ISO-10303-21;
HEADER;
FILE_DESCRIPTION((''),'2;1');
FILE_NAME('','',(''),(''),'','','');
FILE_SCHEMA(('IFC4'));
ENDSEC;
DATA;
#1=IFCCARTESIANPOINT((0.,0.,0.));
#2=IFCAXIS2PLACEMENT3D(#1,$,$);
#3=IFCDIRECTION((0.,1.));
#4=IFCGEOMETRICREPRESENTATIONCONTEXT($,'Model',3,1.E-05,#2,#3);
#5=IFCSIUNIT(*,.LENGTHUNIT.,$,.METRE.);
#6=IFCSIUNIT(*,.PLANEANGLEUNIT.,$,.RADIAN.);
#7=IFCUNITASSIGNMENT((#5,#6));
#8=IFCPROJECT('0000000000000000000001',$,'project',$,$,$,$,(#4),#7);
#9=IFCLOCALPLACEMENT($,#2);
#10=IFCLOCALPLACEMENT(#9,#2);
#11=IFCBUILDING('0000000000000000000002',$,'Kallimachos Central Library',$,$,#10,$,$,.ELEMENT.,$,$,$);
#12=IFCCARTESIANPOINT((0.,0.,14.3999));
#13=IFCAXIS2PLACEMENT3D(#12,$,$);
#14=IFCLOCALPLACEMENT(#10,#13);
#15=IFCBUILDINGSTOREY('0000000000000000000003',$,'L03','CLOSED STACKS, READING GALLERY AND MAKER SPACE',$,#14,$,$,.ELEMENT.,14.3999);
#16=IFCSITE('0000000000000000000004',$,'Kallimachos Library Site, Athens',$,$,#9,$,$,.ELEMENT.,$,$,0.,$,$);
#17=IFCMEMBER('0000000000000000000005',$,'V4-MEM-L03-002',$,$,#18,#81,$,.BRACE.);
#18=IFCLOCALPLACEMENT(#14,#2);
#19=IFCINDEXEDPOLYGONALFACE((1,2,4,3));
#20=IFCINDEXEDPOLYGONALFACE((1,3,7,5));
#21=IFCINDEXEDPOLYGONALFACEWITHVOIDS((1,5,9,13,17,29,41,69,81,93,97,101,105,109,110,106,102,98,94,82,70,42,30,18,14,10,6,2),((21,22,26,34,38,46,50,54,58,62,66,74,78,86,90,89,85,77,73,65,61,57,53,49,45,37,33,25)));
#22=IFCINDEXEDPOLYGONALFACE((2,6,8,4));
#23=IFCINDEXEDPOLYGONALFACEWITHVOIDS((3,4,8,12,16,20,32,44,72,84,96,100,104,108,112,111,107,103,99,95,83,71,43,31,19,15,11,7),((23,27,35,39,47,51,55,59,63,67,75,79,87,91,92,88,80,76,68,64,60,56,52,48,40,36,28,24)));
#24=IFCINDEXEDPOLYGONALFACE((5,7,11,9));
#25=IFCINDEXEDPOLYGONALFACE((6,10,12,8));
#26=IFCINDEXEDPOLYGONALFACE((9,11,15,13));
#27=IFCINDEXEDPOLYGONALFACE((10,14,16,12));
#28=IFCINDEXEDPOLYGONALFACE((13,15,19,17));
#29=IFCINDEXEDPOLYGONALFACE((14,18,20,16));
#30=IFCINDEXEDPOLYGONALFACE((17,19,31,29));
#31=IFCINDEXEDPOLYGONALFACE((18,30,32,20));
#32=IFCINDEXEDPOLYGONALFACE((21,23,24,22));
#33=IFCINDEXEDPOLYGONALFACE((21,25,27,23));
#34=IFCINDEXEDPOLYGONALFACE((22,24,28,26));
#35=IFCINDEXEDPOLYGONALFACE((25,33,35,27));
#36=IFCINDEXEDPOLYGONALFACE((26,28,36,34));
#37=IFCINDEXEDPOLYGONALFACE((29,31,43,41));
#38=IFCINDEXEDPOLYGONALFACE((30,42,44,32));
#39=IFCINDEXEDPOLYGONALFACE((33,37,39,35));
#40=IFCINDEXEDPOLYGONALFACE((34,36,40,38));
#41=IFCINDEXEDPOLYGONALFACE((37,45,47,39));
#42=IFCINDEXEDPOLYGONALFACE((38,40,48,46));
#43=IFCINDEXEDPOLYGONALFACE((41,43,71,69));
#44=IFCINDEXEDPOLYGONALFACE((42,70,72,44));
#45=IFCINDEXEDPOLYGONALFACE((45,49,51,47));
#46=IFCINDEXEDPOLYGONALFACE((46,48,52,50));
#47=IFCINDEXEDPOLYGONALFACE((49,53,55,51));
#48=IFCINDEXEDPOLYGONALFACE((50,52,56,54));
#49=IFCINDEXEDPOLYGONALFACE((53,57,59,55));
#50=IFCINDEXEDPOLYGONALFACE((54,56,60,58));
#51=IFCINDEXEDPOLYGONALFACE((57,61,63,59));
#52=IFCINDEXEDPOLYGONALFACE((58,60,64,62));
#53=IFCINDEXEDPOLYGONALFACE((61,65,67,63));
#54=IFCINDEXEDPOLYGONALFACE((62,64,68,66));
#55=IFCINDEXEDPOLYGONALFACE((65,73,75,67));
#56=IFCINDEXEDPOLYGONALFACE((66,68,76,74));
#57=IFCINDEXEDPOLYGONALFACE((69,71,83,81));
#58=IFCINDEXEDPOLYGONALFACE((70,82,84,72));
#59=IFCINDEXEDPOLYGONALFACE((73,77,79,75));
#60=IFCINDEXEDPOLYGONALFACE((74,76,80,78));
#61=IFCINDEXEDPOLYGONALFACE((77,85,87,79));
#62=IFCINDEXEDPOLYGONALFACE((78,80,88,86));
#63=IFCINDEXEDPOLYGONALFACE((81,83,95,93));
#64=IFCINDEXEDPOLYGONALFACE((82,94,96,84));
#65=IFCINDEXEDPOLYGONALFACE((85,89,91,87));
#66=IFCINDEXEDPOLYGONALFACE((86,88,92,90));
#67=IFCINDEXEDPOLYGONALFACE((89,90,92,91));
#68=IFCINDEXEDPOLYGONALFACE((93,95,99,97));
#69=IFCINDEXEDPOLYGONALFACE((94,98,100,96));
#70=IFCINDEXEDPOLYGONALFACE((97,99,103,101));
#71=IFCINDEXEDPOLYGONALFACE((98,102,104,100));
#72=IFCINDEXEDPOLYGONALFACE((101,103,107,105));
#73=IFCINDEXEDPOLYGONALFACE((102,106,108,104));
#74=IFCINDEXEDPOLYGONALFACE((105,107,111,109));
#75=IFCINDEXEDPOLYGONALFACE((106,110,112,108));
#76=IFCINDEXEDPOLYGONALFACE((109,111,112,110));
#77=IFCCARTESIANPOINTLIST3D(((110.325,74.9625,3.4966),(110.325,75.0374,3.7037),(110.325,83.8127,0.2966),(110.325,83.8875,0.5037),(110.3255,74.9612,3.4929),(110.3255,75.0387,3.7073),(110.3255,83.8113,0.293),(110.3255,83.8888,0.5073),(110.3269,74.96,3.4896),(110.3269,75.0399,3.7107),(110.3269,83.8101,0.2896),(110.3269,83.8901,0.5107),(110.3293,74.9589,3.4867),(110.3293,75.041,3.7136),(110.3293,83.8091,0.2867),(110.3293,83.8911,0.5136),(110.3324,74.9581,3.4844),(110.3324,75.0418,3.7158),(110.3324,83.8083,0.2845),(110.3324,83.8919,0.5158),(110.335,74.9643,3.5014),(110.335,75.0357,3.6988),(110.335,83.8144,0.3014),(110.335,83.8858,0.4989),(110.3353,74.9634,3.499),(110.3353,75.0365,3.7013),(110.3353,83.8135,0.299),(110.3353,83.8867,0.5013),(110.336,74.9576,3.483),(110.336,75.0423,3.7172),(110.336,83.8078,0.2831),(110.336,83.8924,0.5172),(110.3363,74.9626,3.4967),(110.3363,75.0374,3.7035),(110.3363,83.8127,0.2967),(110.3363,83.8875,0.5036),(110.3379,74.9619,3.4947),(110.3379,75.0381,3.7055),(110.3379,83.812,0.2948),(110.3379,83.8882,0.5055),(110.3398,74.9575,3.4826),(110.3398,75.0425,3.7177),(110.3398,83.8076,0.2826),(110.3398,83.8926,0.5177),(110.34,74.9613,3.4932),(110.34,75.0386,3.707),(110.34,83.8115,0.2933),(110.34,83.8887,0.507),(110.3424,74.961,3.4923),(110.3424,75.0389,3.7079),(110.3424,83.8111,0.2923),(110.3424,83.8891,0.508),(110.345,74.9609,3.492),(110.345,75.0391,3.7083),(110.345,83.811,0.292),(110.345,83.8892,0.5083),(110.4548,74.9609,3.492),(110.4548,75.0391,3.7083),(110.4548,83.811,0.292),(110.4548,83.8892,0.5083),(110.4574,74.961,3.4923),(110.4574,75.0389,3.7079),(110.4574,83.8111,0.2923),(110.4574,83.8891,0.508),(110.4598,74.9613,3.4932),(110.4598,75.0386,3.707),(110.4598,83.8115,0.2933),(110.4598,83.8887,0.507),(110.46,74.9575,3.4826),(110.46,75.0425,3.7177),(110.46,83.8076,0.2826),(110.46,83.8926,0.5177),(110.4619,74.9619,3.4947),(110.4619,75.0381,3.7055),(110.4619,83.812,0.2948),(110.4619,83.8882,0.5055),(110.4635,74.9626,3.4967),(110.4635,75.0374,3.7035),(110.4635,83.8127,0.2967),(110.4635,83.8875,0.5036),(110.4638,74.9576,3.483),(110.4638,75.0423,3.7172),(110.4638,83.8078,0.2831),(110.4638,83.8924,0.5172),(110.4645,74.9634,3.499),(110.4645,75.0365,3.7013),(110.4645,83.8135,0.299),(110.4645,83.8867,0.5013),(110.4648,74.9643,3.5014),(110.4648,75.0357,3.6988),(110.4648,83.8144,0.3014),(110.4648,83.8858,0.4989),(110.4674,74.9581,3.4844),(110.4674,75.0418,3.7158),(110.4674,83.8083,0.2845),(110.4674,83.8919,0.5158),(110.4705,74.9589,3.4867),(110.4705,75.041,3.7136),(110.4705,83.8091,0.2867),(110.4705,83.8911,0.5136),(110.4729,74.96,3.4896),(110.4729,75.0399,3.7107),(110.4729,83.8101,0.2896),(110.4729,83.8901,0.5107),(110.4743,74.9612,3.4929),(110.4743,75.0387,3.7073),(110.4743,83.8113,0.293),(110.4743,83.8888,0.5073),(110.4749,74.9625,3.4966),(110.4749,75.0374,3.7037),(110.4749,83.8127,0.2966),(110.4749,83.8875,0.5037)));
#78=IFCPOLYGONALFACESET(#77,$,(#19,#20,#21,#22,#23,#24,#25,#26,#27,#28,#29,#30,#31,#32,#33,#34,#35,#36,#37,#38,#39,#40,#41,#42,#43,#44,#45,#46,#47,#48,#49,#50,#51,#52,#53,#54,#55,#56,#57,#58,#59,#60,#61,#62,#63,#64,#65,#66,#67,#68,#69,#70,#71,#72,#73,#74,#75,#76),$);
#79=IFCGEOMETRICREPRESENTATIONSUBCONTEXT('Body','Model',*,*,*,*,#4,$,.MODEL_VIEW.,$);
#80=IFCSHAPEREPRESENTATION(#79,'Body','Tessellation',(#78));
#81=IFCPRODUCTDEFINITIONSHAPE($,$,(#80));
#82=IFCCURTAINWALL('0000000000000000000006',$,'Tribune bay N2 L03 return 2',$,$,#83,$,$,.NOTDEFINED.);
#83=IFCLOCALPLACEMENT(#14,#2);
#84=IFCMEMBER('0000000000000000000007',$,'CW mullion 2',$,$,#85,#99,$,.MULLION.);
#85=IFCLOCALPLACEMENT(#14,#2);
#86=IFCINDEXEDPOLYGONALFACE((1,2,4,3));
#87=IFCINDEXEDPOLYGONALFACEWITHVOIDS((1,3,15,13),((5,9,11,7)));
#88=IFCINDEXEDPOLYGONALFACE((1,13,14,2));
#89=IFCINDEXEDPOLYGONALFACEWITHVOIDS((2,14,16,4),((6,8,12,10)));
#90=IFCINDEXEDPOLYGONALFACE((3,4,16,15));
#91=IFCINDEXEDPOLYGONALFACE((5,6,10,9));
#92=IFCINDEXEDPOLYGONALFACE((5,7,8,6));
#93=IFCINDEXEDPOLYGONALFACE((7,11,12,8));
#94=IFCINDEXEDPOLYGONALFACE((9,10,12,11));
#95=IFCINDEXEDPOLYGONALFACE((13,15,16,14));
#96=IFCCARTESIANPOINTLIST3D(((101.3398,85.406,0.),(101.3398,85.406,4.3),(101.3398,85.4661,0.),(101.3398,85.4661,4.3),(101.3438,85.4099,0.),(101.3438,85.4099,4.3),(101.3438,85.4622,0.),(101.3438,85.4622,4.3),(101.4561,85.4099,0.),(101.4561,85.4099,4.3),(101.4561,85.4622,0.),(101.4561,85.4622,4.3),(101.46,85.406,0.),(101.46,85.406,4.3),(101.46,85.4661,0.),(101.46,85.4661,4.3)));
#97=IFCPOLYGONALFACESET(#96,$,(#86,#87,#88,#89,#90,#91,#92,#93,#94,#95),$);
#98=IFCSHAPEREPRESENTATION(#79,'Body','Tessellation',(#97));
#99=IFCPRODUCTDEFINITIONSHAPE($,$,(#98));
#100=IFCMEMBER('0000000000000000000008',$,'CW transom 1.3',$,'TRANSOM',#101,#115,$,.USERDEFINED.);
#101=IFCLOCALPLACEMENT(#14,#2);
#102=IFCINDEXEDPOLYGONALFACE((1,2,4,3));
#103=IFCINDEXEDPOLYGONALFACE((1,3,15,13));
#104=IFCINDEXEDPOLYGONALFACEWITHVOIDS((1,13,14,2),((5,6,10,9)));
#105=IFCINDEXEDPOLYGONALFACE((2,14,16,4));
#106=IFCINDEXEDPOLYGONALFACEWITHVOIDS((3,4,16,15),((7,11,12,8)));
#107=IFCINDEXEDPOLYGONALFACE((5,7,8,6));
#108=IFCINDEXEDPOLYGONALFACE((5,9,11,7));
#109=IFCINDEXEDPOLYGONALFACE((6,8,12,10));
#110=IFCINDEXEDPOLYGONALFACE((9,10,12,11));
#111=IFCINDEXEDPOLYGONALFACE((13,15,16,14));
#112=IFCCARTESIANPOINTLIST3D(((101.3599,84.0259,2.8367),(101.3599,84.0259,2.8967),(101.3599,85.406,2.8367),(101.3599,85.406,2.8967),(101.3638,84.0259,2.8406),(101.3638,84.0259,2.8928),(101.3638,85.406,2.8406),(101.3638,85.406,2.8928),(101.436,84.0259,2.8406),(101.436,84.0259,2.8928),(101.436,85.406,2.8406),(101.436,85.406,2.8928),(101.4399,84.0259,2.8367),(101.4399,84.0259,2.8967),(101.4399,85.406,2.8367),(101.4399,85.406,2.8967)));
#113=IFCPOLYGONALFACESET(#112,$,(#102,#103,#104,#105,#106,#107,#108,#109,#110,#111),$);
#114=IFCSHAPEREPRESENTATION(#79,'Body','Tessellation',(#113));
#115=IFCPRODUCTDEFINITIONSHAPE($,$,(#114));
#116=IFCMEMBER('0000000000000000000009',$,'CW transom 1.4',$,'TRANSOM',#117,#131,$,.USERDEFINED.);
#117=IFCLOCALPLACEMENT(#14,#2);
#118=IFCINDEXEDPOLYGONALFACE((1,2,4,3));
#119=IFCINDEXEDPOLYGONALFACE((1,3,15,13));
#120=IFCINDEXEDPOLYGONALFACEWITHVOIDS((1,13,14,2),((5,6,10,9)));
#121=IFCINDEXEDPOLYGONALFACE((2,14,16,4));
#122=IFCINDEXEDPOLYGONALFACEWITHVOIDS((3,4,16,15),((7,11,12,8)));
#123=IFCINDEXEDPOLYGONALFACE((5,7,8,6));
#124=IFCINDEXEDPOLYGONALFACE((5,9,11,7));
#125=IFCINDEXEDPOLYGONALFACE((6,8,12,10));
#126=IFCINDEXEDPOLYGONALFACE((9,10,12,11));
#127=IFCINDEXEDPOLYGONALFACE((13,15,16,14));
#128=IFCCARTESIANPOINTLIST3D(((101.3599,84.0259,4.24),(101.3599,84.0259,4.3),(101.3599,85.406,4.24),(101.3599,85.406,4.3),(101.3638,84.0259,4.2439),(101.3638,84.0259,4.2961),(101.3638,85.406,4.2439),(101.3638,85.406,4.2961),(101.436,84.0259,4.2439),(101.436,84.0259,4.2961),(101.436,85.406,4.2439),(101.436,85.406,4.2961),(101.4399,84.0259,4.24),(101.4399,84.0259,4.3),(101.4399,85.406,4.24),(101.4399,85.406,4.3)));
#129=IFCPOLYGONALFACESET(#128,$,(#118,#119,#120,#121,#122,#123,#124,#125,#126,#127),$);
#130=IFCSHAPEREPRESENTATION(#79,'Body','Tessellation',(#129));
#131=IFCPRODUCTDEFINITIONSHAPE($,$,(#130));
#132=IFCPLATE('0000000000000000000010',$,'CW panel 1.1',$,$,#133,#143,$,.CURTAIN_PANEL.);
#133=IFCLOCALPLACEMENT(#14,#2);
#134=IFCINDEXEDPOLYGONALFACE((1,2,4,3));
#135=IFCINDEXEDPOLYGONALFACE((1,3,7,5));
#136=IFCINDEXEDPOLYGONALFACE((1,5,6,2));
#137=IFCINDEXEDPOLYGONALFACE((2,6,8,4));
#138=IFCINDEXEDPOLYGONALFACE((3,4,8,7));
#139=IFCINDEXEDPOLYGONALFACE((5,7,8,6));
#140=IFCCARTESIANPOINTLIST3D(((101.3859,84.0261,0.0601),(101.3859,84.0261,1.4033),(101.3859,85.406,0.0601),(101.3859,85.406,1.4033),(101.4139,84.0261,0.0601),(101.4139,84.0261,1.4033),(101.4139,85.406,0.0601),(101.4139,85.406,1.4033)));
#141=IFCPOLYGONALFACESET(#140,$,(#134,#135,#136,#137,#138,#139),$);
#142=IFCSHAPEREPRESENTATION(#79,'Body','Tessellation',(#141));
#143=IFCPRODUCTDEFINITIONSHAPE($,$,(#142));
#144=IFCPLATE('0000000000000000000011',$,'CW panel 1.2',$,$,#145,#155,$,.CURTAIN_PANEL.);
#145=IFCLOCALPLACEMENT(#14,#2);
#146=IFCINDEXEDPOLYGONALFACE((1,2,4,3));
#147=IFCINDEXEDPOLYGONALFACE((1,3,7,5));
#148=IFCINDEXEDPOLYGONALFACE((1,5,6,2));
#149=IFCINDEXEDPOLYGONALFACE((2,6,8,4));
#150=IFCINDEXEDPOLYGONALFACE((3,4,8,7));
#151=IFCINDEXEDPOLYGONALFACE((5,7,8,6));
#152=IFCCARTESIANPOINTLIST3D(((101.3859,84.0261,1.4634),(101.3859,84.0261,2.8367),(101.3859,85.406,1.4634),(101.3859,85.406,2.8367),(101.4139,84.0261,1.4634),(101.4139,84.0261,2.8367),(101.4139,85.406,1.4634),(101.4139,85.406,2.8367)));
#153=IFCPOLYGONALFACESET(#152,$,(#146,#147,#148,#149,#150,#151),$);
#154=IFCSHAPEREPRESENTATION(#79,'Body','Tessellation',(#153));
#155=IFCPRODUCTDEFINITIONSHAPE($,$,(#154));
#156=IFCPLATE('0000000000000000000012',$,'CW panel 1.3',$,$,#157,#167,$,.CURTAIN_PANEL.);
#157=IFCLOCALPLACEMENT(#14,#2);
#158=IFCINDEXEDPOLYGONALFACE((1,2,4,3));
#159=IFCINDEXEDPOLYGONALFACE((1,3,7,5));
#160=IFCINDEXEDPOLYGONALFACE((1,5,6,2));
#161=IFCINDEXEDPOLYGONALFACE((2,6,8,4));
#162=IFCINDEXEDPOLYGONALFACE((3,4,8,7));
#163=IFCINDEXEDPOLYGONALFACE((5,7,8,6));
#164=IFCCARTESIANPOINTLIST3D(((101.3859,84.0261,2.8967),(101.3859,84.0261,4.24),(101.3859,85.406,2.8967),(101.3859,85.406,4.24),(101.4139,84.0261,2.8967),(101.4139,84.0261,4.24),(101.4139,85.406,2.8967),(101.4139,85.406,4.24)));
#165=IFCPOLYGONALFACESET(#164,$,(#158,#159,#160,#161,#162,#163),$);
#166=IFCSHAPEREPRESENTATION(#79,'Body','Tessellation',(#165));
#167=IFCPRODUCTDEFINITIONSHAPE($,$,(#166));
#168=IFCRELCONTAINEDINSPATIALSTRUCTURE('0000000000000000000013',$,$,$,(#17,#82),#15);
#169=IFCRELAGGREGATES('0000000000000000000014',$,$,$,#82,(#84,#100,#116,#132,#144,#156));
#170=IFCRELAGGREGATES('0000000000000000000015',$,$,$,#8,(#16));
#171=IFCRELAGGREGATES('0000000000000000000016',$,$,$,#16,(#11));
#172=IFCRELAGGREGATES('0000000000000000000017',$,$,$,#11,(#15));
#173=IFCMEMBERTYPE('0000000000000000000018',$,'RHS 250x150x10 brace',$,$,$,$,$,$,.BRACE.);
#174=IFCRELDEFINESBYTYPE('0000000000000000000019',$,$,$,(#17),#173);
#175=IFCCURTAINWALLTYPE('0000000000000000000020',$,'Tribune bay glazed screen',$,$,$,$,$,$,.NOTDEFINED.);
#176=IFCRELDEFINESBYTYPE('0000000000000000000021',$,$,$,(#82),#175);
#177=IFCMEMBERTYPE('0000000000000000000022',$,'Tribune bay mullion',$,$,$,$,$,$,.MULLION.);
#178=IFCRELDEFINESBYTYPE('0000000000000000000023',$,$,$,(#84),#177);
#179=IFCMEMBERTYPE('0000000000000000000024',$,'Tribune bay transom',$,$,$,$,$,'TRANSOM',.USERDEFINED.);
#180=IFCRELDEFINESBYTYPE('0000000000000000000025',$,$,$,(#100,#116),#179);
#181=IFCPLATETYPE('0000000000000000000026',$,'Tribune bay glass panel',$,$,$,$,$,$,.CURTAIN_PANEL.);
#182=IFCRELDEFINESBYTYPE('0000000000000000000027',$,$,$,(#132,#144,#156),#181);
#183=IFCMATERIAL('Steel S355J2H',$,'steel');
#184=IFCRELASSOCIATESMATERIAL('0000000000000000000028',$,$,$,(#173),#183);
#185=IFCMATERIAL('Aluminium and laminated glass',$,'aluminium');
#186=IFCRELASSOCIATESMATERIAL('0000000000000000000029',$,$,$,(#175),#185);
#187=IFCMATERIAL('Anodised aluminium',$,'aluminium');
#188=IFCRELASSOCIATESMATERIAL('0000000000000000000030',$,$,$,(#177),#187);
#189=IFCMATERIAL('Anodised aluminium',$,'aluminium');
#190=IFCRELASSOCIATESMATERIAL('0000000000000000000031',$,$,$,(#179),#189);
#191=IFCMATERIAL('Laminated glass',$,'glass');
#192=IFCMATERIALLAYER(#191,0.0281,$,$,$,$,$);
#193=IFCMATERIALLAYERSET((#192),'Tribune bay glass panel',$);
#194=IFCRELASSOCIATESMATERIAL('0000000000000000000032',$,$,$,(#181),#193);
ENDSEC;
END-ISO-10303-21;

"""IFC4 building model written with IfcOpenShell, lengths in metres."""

from ifc_helpers import new_model, si_unit, direction, frame, origin, origin_2d, place, context, subcontext, project, spatial, rectangle, hollow_rectangle, extrude, material, layer, layer_set, material_profile, profile_set, type_object, element, aggregate, save


model = new_model("IFC4")

# Units and contexts
model_context = context("Model", 3, precision=1e-05, world=origin(), true_north=direction((0.0, 1.0)))
body_context = subcontext(model_context, "Body", "Model", "MODEL_VIEW")
ifc_project = project(units=[si_unit("LENGTHUNIT", "METRE"), si_unit("PLANEANGLEUNIT", "RADIAN")], contexts=[model_context])

# Site, building, storey
site_placement = place(None, origin())
site = spatial("IfcSite", under=ifc_project, at=site_placement, Name="Kallimachos Library Site, Athens", CompositionType="ELEMENT", RefElevation=0.0)
building_placement = place(site_placement, origin())
building = spatial("IfcBuilding", under=site, at=building_placement, Name="Kallimachos Central Library", CompositionType="ELEMENT")
storey_placement = place(building_placement, frame((0.0, 0.0, 14.3999)))
storey = spatial("IfcBuildingStorey", under=building, at=storey_placement, Name="L03", Description="CLOSED STACKS, READING GALLERY AND MAKER SPACE", CompositionType="ELEMENT", Elevation=14.3999)

# Member
ifc_material_1 = material(Name="Steel S355J2H", Category="steel")
ifc_material_profile_1 = material_profile(ifc_material_1, hollow_rectangle(XDim=0.1499, YDim=0.25, WallThickness=0.01, InnerFilletRadius=0.01, OuterFilletRadius=0.0149, at=origin_2d()), Name="RHS 250x150x10")
ifc_profile_set_1 = profile_set([ifc_material_profile_1], Name="Steel S355J2H")
member_type_1 = type_object("IfcMemberType", Name="RHS 250x150x10 brace", PredefinedType="BRACE", material=ifc_profile_set_1)
member_1_placement = place(storey_placement, frame((110.3999, 83.8501, 0.4001), z_axis=(0.0, -0.940415, 0.340028), x_axis=(1.0, 0.0, 0.0)))
element("IfcMember", 1, at=member_1_placement, inside=storey, type_object=member_type_1, Name="V4-MEM-L03-002", PredefinedType="BRACE", context=body_context, shape_type="SweptSolid", body=[
    extrude(hollow_rectangle(XDim=0.1499, YDim=0.25, WallThickness=0.01, InnerFilletRadius=0.01, OuterFilletRadius=0.0149, at=origin_2d()), origin(), (0.0, 0.0, 1.0), 9.4109),
])

# Curtain wall, members, plates
ifc_material_2 = material(Name="Aluminium and laminated glass", Category="aluminium")
curtain_wall_type = type_object("IfcCurtainWallType", Name="Tribune bay glazed screen", PredefinedType="NOTDEFINED", material=ifc_material_2)
curtain_wall_placement = place(storey_placement, origin())
curtain_wall = element("IfcCurtainWall", 2, at=curtain_wall_placement, inside=storey, type_object=curtain_wall_type, Name="Tribune bay N2 L03 return 2", PredefinedType="NOTDEFINED")
ifc_material_3 = material(Name="Anodised aluminium", Category="aluminium")
ifc_material_profile_2 = material_profile(ifc_material_3, hollow_rectangle(XDim=0.0601, YDim=0.1201, WallThickness=0.0039, at=origin_2d()), Name="ALU MULLION 60x120")
ifc_profile_set_2 = profile_set([ifc_material_profile_2], Name="Anodised aluminium")
member_type_2 = type_object("IfcMemberType", Name="Tribune bay mullion", PredefinedType="MULLION", material=ifc_profile_set_2)
member_2_placement = place(storey_placement, frame((101.3999, 85.436, 0.0), z_axis=(0.0, 0.0, 1.0), x_axis=(0.0, 1.0, 0.0)))
member_2 = element("IfcMember", 3, at=member_2_placement, type_object=member_type_2, Name="CW mullion 2", PredefinedType="MULLION", context=body_context, shape_type="SweptSolid", body=[
    extrude(hollow_rectangle(XDim=0.0601, YDim=0.1201, WallThickness=0.0039, at=origin_2d()), origin(), (0.0, 0.0, 1.0), 4.3),
])
ifc_material_4 = material(Name="Anodised aluminium", Category="aluminium")
ifc_material_profile_3 = material_profile(ifc_material_4, hollow_rectangle(XDim=0.0601, YDim=0.0801, WallThickness=0.0039, at=origin_2d()), Name="ALU TRANSOM 60x80")
ifc_profile_set_3 = profile_set([ifc_material_profile_3], Name="Anodised aluminium")
member_type_3 = type_object("IfcMemberType", Name="Tribune bay transom", ElementType="TRANSOM", PredefinedType="USERDEFINED", material=ifc_profile_set_3)
member_3_placement = place(storey_placement, frame((101.3999, 84.0259, 2.8667), z_axis=(0.0, 1.0, 0.0), x_axis=(0.0, 0.0, 1.0)))
member_3 = element("IfcMember", 4, at=member_3_placement, type_object=member_type_3, Name="CW transom 1.3", ObjectType="TRANSOM", PredefinedType="USERDEFINED", context=body_context, shape_type="SweptSolid", body=[
    extrude(hollow_rectangle(XDim=0.0601, YDim=0.0801, WallThickness=0.0039, at=origin_2d()), origin(), (0.0, 0.0, 1.0), 1.3801),
])
member_4_placement = place(storey_placement, frame((101.3999, 84.0259, 4.27), z_axis=(0.0, 1.0, 0.0), x_axis=(0.0, 0.0, 1.0)))
member_4 = element("IfcMember", 5, at=member_4_placement, type_object=member_type_3, Name="CW transom 1.4", ObjectType="TRANSOM", PredefinedType="USERDEFINED", context=body_context, shape_type="SweptSolid", body=[
    extrude(hollow_rectangle(XDim=0.0601, YDim=0.0801, WallThickness=0.0039, at=origin_2d()), origin(), (0.0, 0.0, 1.0), 1.3801),
])
ifc_material_5 = material(Name="Laminated glass", Category="glass")
ifc_layer_1 = layer(ifc_material_5, 0.0281)
ifc_layer_set_1 = layer_set([ifc_layer_1], Name="Tribune bay glass panel")
plate_type = type_object("IfcPlateType", Name="Tribune bay glass panel", PredefinedType="CURTAIN_PANEL", material=ifc_layer_set_1)
plate_1_placement = place(storey_placement, frame((101.3999, 84.7161, 0.0601), z_axis=(0.0, 0.0, 1.0), x_axis=(0.0, 1.0, 0.0)))
plate_1 = element("IfcPlate", 6, at=plate_1_placement, type_object=plate_type, Name="CW panel 1.1", PredefinedType="CURTAIN_PANEL", context=body_context, shape_type="SweptSolid", body=[
    extrude(rectangle(XDim=1.3799, YDim=0.0281, at=origin_2d()), origin(), (0.0, 0.0, 1.0), 1.3433),
])
plate_2_placement = place(storey_placement, frame((101.3999, 84.7161, 1.4634), z_axis=(0.0, 0.0, 1.0), x_axis=(0.0, 1.0, 0.0)))
plate_2 = element("IfcPlate", 7, at=plate_2_placement, type_object=plate_type, Name="CW panel 1.2", PredefinedType="CURTAIN_PANEL", context=body_context, shape_type="SweptSolid", body=[
    extrude(rectangle(XDim=1.3799, YDim=0.0281, at=origin_2d()), origin(), (0.0, 0.0, 1.0), 1.3733),
])
plate_3_placement = place(storey_placement, frame((101.3999, 84.7161, 2.8967), z_axis=(0.0, 0.0, 1.0), x_axis=(0.0, 1.0, 0.0)))
plate_3 = element("IfcPlate", 8, at=plate_3_placement, type_object=plate_type, Name="CW panel 1.3", PredefinedType="CURTAIN_PANEL", context=body_context, shape_type="SweptSolid", body=[
    extrude(rectangle(XDim=1.3799, YDim=0.0281, at=origin_2d()), origin(), (0.0, 0.0, 1.0), 1.3433),
])
aggregate(curtain_wall, [member_2, member_3, member_4, plate_1, plate_2, plate_3])

save(model, "model.ifc")
